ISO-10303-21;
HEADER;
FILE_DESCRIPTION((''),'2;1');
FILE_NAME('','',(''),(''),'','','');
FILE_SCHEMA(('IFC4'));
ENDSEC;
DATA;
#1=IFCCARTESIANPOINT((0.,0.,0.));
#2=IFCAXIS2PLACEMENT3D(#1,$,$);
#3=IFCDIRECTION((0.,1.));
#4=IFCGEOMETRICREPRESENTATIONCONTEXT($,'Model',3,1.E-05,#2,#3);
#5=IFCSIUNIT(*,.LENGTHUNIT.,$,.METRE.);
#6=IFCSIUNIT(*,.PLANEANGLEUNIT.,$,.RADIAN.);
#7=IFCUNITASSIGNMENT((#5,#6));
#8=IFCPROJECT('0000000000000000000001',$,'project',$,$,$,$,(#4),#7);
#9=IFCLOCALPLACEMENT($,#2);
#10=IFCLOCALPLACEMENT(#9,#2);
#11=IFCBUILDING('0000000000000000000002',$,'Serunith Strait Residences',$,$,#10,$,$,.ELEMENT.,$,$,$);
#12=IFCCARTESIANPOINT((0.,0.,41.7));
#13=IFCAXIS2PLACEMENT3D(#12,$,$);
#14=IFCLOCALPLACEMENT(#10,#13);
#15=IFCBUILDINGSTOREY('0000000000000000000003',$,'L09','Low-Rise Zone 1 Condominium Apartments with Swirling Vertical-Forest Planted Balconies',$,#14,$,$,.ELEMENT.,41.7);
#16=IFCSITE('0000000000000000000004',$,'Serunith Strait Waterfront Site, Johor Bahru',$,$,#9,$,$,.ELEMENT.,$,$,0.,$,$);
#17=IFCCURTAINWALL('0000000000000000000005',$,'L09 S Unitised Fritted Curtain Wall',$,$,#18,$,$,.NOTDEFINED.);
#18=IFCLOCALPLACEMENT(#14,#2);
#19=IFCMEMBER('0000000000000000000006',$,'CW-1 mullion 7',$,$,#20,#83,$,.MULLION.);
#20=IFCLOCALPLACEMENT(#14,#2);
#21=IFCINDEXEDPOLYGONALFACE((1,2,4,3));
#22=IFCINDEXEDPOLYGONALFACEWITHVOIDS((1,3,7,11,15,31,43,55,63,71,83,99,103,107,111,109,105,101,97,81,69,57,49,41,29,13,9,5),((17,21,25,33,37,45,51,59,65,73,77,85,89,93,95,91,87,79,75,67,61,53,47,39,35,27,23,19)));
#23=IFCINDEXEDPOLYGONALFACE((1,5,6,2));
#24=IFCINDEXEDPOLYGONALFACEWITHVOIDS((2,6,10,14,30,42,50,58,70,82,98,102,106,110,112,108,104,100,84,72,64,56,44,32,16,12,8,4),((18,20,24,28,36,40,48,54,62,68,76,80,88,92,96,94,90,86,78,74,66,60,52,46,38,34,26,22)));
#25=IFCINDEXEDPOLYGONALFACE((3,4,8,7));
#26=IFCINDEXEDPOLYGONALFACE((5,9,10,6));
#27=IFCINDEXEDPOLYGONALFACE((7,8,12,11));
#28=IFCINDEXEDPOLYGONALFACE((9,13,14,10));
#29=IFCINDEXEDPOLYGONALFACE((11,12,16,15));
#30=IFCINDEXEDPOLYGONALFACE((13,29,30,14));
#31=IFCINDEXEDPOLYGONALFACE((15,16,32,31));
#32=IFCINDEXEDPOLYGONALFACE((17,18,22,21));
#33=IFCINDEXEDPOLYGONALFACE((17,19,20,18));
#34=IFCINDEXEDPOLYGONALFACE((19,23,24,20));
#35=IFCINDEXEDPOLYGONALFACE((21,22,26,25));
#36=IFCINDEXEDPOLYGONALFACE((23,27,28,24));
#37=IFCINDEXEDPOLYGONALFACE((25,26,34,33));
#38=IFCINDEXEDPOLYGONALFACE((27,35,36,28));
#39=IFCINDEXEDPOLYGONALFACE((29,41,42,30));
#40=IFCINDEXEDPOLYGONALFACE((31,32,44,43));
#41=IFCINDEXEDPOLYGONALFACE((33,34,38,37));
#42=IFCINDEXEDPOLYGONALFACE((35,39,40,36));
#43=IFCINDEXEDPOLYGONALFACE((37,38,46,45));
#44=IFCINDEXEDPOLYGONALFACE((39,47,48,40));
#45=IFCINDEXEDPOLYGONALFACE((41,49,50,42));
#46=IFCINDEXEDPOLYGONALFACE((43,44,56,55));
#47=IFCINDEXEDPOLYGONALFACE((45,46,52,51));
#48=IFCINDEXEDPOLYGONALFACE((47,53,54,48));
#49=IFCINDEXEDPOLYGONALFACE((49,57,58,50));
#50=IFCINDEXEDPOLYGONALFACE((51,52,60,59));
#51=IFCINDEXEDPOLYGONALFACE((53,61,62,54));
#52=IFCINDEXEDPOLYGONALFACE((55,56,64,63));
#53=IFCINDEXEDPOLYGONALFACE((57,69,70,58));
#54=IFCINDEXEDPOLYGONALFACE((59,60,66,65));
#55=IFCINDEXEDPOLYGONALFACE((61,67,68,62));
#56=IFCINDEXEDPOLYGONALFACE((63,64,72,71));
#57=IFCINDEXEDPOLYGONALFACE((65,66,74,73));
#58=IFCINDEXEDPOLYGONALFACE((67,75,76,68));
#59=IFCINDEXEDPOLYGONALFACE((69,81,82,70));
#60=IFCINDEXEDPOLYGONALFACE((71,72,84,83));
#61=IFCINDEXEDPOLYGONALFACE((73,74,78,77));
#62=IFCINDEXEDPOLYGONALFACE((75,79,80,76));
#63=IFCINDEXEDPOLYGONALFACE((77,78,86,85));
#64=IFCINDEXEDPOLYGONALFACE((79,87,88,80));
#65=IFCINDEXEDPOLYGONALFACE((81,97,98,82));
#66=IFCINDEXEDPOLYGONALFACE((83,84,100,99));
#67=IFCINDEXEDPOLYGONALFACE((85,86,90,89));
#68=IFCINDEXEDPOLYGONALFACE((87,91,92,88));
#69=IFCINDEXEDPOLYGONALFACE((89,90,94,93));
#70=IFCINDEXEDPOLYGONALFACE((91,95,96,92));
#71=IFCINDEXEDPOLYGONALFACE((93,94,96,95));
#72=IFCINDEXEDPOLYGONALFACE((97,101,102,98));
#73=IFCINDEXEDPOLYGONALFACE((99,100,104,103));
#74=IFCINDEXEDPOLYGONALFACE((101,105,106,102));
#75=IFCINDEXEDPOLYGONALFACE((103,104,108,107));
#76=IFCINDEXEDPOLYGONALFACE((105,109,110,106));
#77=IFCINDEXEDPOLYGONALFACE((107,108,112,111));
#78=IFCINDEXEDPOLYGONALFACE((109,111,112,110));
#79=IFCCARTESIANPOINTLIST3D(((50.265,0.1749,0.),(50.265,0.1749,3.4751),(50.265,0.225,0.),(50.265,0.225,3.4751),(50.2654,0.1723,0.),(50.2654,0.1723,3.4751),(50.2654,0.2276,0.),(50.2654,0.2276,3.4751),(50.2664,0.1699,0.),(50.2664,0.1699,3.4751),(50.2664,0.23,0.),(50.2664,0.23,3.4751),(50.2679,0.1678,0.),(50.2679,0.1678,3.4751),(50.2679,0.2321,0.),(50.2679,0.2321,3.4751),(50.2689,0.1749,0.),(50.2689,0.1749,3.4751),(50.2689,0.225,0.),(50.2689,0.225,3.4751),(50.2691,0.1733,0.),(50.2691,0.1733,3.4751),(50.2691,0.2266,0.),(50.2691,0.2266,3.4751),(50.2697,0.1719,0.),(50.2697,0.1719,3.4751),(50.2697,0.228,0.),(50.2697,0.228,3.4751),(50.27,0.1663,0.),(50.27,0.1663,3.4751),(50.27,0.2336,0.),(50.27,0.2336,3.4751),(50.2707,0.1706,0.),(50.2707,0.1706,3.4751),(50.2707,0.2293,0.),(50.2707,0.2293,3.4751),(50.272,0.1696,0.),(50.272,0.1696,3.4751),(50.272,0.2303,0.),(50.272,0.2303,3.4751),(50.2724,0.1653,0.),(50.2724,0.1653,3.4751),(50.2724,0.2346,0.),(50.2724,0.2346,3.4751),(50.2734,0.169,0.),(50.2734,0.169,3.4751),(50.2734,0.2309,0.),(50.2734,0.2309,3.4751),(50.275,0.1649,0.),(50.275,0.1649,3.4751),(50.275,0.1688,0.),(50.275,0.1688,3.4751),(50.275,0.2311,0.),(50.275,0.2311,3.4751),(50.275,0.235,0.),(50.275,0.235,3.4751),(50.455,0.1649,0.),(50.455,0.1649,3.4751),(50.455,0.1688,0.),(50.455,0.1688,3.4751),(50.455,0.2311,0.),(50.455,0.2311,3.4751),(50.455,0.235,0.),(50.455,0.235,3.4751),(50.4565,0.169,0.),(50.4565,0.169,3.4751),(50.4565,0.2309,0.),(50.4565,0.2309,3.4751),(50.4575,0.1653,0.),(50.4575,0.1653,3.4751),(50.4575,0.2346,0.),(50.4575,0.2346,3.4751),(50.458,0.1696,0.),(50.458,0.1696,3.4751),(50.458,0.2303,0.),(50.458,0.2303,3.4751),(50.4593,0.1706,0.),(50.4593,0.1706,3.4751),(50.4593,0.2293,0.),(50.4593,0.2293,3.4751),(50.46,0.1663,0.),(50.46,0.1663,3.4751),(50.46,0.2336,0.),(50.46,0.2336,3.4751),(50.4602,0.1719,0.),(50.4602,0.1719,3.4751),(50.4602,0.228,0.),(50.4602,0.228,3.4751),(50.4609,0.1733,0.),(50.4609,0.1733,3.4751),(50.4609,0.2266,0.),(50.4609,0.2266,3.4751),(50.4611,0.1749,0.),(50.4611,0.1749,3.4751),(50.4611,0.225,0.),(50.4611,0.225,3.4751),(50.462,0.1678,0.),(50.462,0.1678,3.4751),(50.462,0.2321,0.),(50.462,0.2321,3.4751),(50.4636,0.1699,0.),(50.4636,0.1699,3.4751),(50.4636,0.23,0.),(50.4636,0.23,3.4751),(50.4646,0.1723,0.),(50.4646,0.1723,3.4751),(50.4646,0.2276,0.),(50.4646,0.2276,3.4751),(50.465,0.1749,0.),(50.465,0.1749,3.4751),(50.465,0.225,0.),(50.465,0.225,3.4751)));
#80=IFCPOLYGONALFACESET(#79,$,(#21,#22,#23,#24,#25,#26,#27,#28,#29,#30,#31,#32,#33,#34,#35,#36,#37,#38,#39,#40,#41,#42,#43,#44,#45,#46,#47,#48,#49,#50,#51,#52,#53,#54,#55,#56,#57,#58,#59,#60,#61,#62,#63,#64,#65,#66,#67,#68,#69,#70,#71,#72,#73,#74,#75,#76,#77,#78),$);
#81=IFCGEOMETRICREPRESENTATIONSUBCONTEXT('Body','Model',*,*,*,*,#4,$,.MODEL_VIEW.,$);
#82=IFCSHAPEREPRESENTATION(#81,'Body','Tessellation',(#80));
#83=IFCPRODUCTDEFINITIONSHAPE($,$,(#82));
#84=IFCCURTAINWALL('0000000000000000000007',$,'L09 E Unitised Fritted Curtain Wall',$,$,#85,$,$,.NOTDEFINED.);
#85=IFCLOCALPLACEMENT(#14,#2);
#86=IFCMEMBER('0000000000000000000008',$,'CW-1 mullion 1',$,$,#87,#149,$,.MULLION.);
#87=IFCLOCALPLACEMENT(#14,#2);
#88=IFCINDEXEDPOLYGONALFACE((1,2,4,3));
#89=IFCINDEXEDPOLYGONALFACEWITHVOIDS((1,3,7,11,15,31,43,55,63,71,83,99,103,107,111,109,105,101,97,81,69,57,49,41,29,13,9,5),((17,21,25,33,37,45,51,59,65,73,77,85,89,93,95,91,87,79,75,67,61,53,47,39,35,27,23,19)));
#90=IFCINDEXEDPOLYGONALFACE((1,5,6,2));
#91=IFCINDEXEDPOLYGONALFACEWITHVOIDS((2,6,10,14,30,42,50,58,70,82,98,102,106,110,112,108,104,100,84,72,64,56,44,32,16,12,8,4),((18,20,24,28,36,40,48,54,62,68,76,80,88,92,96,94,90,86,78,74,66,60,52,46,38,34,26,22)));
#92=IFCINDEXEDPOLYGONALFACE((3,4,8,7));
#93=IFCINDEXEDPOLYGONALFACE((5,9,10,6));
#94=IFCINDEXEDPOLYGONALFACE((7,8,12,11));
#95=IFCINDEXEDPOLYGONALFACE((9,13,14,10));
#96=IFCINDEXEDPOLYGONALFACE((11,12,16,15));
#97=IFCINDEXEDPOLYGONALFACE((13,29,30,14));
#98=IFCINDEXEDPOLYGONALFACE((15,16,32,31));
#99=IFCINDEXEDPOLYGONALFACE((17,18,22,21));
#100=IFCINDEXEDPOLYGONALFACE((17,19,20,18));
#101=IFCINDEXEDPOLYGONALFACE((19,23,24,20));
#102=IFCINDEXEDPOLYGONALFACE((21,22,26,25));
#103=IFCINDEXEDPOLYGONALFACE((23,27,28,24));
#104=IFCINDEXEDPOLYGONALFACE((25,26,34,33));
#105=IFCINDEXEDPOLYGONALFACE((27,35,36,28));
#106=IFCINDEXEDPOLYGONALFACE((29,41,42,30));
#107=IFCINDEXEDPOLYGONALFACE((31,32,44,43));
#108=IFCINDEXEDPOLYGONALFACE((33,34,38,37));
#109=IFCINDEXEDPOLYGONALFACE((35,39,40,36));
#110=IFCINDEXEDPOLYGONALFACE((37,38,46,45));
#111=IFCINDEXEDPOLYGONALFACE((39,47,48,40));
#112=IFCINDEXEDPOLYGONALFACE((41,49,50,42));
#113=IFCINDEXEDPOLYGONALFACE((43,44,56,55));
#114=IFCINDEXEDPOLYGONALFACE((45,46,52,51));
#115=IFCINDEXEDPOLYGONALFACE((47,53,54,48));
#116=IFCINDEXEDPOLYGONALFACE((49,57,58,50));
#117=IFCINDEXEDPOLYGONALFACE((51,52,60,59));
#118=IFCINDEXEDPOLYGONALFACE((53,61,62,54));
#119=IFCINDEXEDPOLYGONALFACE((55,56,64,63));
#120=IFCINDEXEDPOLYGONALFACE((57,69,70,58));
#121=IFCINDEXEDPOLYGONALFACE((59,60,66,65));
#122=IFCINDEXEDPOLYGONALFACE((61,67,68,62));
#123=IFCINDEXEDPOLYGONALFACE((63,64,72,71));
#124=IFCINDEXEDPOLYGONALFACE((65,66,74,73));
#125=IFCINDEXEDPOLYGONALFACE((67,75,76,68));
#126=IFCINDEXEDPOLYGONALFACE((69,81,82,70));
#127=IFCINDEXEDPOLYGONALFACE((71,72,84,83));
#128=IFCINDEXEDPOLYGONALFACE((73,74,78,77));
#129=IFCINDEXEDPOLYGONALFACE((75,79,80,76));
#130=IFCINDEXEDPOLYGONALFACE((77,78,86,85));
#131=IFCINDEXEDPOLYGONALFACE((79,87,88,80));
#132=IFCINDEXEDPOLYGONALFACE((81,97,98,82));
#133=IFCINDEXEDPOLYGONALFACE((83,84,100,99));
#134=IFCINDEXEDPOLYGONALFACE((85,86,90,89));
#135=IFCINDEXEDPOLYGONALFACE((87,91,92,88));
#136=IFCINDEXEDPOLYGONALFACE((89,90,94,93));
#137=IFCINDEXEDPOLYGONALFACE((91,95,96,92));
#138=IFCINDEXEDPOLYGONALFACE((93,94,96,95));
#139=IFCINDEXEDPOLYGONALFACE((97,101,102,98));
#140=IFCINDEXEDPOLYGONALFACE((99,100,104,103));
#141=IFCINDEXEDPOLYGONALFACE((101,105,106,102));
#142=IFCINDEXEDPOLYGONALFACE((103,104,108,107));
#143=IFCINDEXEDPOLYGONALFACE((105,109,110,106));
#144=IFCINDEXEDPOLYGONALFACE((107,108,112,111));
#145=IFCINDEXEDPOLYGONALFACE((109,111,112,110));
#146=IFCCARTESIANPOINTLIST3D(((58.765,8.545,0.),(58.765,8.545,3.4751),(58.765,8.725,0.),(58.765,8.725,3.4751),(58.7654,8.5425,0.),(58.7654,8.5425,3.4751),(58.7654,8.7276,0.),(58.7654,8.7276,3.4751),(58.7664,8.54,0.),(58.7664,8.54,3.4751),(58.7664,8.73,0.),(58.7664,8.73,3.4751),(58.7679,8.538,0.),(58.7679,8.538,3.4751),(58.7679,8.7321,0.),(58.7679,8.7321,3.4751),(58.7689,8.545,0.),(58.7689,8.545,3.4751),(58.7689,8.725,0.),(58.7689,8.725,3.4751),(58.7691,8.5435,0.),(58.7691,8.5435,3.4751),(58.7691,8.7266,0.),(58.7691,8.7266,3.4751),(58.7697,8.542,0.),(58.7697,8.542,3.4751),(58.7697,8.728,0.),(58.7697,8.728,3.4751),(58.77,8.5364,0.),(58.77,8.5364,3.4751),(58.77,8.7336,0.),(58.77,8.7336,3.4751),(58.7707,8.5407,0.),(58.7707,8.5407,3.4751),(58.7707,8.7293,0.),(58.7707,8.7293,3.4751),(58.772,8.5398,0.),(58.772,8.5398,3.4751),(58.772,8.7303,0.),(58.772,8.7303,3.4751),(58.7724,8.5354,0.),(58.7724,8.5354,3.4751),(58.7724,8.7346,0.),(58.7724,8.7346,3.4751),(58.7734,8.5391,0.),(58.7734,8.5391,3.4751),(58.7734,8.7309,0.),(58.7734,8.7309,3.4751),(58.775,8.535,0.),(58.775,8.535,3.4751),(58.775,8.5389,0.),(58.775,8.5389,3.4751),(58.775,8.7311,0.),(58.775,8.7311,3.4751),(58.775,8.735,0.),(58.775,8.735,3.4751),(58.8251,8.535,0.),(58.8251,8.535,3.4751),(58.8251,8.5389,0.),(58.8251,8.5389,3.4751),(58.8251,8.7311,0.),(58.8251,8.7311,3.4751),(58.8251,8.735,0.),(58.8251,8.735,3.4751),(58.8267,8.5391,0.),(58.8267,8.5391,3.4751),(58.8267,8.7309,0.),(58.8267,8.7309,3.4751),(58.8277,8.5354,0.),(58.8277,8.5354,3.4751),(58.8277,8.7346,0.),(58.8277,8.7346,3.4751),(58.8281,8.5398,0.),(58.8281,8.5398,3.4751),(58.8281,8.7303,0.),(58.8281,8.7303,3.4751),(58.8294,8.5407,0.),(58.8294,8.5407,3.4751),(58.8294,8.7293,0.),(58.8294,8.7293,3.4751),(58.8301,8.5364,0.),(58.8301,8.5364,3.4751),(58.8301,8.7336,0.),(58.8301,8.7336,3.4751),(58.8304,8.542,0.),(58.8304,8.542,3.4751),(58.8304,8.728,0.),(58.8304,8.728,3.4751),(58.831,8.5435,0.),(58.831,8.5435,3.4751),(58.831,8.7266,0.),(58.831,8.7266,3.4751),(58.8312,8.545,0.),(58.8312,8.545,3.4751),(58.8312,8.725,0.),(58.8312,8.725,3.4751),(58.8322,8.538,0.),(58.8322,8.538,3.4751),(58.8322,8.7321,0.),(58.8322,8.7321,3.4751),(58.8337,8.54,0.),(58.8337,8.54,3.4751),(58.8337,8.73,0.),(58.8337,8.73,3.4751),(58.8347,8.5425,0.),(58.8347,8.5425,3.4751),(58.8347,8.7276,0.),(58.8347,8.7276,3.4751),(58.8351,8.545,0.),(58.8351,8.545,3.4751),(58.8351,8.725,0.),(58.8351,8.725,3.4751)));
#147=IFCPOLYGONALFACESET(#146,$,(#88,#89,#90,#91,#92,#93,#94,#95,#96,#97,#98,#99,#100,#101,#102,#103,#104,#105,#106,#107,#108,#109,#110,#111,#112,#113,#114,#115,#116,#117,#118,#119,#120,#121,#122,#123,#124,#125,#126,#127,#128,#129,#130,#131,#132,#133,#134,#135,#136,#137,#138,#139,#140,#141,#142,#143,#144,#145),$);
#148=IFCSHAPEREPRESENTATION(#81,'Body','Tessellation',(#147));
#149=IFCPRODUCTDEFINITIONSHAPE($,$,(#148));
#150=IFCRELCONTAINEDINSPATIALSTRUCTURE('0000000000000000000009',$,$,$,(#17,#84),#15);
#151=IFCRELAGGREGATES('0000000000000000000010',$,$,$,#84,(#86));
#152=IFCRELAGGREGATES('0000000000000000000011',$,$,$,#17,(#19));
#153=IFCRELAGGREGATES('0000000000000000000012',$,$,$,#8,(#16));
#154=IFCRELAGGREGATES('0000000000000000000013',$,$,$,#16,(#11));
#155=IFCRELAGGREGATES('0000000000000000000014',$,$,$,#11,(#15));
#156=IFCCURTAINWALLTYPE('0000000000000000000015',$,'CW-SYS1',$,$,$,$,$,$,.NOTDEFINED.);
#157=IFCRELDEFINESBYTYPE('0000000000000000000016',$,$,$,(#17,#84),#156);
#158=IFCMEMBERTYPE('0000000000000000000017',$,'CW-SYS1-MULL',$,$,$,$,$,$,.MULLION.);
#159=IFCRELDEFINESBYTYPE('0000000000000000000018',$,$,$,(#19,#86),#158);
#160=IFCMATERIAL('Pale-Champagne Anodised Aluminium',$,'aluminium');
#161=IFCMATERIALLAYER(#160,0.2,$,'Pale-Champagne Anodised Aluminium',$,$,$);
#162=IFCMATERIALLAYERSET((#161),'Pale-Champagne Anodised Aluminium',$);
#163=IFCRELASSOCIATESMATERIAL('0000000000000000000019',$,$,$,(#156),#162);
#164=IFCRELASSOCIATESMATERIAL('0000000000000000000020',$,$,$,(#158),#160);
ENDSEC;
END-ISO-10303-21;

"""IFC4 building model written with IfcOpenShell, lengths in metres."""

from ifc_helpers import new_model, si_unit, direction, frame, origin, origin_2d, place, context, subcontext, project, spatial, hollow_rectangle, extrude, source, transform, mapped, material, layer, layer_set, material_profile, profile_set, type_object, element, aggregate, save


model = new_model("IFC4")

# Units and contexts
model_context = context("Model", 3, precision=1e-05, world=origin(), true_north=direction((0.0, 1.0)))
body_context = subcontext(model_context, "Body", "Model", "MODEL_VIEW")
ifc_project = project(units=[si_unit("LENGTHUNIT", "METRE"), si_unit("PLANEANGLEUNIT", "RADIAN")], contexts=[model_context])

# Site, building, storey
site_placement = place(None, origin())
site = spatial("IfcSite", under=ifc_project, at=site_placement, Name="Serunith Strait Waterfront Site, Johor Bahru", CompositionType="ELEMENT", RefElevation=0.0)
building_placement = place(site_placement, origin())
building = spatial("IfcBuilding", under=site, at=building_placement, Name="Serunith Strait Residences", CompositionType="ELEMENT")
storey_placement = place(building_placement, frame((0.0, 0.0, 41.7)))
storey = spatial("IfcBuildingStorey", under=building, at=storey_placement, Name="L09", Description="Low-Rise Zone 1 Condominium Apartments with Swirling Vertical-Forest Planted Balconies", CompositionType="ELEMENT", Elevation=41.7)

# Curtain wall, member
ifc_material_1 = material(Name="Pale-Champagne Anodised Aluminium", Category="aluminium")
ifc_layer_1 = layer(ifc_material_1, 0.2, Name="Pale-Champagne Anodised Aluminium")
ifc_layer_set_1 = layer_set([ifc_layer_1], Name="Pale-Champagne Anodised Aluminium")
curtain_wall_type = type_object("IfcCurtainWallType", Name="CW-SYS1", PredefinedType="NOTDEFINED", material=ifc_layer_set_1)
curtain_wall_1_placement = place(storey_placement, origin())
curtain_wall_1 = element("IfcCurtainWall", 1, at=curtain_wall_1_placement, inside=storey, type_object=curtain_wall_type, Name="L09 S Unitised Fritted Curtain Wall", PredefinedType="NOTDEFINED")
ifc_material_profile_1 = material_profile(ifc_material_1, hollow_rectangle(XDim=0.0701, YDim=0.2, WallThickness=0.0039, InnerFilletRadius=0.0061, OuterFilletRadius=0.01, at=origin_2d()), Name="ALU 200x70x4")
ifc_profile_set_1 = profile_set([ifc_material_profile_1], Name="Pale-Champagne Anodised Aluminium")
member_type_1 = type_object("IfcMemberType", Name="CW-SYS1-MULL", PredefinedType="MULLION", material=ifc_profile_set_1)
shared_shape_1 = source(origin(), body_context, "Body", "SweptSolid", [
    extrude(hollow_rectangle(XDim=0.0701, YDim=0.2, WallThickness=0.0039, InnerFilletRadius=0.0061, OuterFilletRadius=0.01, at=origin_2d()), origin(), (0.0, 0.0, 1.0), 3.4751),
])
member_1_placement = place(storey_placement, frame((50.365, 0.2, 0.0), z_axis=(0.0, 0.0, 1.0), x_axis=(0.0, 1.0, 0.0)))
member_1 = element("IfcMember", 2, at=member_1_placement, type_object=member_type_1, Name="CW-1 mullion 7", PredefinedType="MULLION", context=body_context, shape_type="MappedRepresentation", body=[
    mapped(shared_shape_1, transform((0.0, 0.0, 0.0), scale=1.0)),
])

# Curtain wall, member
curtain_wall_2_placement = place(storey_placement, origin())
curtain_wall_2 = element("IfcCurtainWall", 3, at=curtain_wall_2_placement, inside=storey, type_object=curtain_wall_type, Name="L09 E Unitised Fritted Curtain Wall", PredefinedType="NOTDEFINED")
member_2_placement = place(storey_placement, frame((58.8, 8.635, 0.0), z_axis=(0.0, 0.0, 1.0), x_axis=(-1.0, 0.0, 0.0)))
member_2 = element("IfcMember", 4, at=member_2_placement, type_object=member_type_1, Name="CW-1 mullion 1", PredefinedType="MULLION", context=body_context, shape_type="MappedRepresentation", body=[
    mapped(shared_shape_1, transform((0.0, 0.0, 0.0), scale=1.0)),
])

aggregate(curtain_wall_2, [member_2])

aggregate(curtain_wall_1, [member_1])

save(model, "model.ifc")
